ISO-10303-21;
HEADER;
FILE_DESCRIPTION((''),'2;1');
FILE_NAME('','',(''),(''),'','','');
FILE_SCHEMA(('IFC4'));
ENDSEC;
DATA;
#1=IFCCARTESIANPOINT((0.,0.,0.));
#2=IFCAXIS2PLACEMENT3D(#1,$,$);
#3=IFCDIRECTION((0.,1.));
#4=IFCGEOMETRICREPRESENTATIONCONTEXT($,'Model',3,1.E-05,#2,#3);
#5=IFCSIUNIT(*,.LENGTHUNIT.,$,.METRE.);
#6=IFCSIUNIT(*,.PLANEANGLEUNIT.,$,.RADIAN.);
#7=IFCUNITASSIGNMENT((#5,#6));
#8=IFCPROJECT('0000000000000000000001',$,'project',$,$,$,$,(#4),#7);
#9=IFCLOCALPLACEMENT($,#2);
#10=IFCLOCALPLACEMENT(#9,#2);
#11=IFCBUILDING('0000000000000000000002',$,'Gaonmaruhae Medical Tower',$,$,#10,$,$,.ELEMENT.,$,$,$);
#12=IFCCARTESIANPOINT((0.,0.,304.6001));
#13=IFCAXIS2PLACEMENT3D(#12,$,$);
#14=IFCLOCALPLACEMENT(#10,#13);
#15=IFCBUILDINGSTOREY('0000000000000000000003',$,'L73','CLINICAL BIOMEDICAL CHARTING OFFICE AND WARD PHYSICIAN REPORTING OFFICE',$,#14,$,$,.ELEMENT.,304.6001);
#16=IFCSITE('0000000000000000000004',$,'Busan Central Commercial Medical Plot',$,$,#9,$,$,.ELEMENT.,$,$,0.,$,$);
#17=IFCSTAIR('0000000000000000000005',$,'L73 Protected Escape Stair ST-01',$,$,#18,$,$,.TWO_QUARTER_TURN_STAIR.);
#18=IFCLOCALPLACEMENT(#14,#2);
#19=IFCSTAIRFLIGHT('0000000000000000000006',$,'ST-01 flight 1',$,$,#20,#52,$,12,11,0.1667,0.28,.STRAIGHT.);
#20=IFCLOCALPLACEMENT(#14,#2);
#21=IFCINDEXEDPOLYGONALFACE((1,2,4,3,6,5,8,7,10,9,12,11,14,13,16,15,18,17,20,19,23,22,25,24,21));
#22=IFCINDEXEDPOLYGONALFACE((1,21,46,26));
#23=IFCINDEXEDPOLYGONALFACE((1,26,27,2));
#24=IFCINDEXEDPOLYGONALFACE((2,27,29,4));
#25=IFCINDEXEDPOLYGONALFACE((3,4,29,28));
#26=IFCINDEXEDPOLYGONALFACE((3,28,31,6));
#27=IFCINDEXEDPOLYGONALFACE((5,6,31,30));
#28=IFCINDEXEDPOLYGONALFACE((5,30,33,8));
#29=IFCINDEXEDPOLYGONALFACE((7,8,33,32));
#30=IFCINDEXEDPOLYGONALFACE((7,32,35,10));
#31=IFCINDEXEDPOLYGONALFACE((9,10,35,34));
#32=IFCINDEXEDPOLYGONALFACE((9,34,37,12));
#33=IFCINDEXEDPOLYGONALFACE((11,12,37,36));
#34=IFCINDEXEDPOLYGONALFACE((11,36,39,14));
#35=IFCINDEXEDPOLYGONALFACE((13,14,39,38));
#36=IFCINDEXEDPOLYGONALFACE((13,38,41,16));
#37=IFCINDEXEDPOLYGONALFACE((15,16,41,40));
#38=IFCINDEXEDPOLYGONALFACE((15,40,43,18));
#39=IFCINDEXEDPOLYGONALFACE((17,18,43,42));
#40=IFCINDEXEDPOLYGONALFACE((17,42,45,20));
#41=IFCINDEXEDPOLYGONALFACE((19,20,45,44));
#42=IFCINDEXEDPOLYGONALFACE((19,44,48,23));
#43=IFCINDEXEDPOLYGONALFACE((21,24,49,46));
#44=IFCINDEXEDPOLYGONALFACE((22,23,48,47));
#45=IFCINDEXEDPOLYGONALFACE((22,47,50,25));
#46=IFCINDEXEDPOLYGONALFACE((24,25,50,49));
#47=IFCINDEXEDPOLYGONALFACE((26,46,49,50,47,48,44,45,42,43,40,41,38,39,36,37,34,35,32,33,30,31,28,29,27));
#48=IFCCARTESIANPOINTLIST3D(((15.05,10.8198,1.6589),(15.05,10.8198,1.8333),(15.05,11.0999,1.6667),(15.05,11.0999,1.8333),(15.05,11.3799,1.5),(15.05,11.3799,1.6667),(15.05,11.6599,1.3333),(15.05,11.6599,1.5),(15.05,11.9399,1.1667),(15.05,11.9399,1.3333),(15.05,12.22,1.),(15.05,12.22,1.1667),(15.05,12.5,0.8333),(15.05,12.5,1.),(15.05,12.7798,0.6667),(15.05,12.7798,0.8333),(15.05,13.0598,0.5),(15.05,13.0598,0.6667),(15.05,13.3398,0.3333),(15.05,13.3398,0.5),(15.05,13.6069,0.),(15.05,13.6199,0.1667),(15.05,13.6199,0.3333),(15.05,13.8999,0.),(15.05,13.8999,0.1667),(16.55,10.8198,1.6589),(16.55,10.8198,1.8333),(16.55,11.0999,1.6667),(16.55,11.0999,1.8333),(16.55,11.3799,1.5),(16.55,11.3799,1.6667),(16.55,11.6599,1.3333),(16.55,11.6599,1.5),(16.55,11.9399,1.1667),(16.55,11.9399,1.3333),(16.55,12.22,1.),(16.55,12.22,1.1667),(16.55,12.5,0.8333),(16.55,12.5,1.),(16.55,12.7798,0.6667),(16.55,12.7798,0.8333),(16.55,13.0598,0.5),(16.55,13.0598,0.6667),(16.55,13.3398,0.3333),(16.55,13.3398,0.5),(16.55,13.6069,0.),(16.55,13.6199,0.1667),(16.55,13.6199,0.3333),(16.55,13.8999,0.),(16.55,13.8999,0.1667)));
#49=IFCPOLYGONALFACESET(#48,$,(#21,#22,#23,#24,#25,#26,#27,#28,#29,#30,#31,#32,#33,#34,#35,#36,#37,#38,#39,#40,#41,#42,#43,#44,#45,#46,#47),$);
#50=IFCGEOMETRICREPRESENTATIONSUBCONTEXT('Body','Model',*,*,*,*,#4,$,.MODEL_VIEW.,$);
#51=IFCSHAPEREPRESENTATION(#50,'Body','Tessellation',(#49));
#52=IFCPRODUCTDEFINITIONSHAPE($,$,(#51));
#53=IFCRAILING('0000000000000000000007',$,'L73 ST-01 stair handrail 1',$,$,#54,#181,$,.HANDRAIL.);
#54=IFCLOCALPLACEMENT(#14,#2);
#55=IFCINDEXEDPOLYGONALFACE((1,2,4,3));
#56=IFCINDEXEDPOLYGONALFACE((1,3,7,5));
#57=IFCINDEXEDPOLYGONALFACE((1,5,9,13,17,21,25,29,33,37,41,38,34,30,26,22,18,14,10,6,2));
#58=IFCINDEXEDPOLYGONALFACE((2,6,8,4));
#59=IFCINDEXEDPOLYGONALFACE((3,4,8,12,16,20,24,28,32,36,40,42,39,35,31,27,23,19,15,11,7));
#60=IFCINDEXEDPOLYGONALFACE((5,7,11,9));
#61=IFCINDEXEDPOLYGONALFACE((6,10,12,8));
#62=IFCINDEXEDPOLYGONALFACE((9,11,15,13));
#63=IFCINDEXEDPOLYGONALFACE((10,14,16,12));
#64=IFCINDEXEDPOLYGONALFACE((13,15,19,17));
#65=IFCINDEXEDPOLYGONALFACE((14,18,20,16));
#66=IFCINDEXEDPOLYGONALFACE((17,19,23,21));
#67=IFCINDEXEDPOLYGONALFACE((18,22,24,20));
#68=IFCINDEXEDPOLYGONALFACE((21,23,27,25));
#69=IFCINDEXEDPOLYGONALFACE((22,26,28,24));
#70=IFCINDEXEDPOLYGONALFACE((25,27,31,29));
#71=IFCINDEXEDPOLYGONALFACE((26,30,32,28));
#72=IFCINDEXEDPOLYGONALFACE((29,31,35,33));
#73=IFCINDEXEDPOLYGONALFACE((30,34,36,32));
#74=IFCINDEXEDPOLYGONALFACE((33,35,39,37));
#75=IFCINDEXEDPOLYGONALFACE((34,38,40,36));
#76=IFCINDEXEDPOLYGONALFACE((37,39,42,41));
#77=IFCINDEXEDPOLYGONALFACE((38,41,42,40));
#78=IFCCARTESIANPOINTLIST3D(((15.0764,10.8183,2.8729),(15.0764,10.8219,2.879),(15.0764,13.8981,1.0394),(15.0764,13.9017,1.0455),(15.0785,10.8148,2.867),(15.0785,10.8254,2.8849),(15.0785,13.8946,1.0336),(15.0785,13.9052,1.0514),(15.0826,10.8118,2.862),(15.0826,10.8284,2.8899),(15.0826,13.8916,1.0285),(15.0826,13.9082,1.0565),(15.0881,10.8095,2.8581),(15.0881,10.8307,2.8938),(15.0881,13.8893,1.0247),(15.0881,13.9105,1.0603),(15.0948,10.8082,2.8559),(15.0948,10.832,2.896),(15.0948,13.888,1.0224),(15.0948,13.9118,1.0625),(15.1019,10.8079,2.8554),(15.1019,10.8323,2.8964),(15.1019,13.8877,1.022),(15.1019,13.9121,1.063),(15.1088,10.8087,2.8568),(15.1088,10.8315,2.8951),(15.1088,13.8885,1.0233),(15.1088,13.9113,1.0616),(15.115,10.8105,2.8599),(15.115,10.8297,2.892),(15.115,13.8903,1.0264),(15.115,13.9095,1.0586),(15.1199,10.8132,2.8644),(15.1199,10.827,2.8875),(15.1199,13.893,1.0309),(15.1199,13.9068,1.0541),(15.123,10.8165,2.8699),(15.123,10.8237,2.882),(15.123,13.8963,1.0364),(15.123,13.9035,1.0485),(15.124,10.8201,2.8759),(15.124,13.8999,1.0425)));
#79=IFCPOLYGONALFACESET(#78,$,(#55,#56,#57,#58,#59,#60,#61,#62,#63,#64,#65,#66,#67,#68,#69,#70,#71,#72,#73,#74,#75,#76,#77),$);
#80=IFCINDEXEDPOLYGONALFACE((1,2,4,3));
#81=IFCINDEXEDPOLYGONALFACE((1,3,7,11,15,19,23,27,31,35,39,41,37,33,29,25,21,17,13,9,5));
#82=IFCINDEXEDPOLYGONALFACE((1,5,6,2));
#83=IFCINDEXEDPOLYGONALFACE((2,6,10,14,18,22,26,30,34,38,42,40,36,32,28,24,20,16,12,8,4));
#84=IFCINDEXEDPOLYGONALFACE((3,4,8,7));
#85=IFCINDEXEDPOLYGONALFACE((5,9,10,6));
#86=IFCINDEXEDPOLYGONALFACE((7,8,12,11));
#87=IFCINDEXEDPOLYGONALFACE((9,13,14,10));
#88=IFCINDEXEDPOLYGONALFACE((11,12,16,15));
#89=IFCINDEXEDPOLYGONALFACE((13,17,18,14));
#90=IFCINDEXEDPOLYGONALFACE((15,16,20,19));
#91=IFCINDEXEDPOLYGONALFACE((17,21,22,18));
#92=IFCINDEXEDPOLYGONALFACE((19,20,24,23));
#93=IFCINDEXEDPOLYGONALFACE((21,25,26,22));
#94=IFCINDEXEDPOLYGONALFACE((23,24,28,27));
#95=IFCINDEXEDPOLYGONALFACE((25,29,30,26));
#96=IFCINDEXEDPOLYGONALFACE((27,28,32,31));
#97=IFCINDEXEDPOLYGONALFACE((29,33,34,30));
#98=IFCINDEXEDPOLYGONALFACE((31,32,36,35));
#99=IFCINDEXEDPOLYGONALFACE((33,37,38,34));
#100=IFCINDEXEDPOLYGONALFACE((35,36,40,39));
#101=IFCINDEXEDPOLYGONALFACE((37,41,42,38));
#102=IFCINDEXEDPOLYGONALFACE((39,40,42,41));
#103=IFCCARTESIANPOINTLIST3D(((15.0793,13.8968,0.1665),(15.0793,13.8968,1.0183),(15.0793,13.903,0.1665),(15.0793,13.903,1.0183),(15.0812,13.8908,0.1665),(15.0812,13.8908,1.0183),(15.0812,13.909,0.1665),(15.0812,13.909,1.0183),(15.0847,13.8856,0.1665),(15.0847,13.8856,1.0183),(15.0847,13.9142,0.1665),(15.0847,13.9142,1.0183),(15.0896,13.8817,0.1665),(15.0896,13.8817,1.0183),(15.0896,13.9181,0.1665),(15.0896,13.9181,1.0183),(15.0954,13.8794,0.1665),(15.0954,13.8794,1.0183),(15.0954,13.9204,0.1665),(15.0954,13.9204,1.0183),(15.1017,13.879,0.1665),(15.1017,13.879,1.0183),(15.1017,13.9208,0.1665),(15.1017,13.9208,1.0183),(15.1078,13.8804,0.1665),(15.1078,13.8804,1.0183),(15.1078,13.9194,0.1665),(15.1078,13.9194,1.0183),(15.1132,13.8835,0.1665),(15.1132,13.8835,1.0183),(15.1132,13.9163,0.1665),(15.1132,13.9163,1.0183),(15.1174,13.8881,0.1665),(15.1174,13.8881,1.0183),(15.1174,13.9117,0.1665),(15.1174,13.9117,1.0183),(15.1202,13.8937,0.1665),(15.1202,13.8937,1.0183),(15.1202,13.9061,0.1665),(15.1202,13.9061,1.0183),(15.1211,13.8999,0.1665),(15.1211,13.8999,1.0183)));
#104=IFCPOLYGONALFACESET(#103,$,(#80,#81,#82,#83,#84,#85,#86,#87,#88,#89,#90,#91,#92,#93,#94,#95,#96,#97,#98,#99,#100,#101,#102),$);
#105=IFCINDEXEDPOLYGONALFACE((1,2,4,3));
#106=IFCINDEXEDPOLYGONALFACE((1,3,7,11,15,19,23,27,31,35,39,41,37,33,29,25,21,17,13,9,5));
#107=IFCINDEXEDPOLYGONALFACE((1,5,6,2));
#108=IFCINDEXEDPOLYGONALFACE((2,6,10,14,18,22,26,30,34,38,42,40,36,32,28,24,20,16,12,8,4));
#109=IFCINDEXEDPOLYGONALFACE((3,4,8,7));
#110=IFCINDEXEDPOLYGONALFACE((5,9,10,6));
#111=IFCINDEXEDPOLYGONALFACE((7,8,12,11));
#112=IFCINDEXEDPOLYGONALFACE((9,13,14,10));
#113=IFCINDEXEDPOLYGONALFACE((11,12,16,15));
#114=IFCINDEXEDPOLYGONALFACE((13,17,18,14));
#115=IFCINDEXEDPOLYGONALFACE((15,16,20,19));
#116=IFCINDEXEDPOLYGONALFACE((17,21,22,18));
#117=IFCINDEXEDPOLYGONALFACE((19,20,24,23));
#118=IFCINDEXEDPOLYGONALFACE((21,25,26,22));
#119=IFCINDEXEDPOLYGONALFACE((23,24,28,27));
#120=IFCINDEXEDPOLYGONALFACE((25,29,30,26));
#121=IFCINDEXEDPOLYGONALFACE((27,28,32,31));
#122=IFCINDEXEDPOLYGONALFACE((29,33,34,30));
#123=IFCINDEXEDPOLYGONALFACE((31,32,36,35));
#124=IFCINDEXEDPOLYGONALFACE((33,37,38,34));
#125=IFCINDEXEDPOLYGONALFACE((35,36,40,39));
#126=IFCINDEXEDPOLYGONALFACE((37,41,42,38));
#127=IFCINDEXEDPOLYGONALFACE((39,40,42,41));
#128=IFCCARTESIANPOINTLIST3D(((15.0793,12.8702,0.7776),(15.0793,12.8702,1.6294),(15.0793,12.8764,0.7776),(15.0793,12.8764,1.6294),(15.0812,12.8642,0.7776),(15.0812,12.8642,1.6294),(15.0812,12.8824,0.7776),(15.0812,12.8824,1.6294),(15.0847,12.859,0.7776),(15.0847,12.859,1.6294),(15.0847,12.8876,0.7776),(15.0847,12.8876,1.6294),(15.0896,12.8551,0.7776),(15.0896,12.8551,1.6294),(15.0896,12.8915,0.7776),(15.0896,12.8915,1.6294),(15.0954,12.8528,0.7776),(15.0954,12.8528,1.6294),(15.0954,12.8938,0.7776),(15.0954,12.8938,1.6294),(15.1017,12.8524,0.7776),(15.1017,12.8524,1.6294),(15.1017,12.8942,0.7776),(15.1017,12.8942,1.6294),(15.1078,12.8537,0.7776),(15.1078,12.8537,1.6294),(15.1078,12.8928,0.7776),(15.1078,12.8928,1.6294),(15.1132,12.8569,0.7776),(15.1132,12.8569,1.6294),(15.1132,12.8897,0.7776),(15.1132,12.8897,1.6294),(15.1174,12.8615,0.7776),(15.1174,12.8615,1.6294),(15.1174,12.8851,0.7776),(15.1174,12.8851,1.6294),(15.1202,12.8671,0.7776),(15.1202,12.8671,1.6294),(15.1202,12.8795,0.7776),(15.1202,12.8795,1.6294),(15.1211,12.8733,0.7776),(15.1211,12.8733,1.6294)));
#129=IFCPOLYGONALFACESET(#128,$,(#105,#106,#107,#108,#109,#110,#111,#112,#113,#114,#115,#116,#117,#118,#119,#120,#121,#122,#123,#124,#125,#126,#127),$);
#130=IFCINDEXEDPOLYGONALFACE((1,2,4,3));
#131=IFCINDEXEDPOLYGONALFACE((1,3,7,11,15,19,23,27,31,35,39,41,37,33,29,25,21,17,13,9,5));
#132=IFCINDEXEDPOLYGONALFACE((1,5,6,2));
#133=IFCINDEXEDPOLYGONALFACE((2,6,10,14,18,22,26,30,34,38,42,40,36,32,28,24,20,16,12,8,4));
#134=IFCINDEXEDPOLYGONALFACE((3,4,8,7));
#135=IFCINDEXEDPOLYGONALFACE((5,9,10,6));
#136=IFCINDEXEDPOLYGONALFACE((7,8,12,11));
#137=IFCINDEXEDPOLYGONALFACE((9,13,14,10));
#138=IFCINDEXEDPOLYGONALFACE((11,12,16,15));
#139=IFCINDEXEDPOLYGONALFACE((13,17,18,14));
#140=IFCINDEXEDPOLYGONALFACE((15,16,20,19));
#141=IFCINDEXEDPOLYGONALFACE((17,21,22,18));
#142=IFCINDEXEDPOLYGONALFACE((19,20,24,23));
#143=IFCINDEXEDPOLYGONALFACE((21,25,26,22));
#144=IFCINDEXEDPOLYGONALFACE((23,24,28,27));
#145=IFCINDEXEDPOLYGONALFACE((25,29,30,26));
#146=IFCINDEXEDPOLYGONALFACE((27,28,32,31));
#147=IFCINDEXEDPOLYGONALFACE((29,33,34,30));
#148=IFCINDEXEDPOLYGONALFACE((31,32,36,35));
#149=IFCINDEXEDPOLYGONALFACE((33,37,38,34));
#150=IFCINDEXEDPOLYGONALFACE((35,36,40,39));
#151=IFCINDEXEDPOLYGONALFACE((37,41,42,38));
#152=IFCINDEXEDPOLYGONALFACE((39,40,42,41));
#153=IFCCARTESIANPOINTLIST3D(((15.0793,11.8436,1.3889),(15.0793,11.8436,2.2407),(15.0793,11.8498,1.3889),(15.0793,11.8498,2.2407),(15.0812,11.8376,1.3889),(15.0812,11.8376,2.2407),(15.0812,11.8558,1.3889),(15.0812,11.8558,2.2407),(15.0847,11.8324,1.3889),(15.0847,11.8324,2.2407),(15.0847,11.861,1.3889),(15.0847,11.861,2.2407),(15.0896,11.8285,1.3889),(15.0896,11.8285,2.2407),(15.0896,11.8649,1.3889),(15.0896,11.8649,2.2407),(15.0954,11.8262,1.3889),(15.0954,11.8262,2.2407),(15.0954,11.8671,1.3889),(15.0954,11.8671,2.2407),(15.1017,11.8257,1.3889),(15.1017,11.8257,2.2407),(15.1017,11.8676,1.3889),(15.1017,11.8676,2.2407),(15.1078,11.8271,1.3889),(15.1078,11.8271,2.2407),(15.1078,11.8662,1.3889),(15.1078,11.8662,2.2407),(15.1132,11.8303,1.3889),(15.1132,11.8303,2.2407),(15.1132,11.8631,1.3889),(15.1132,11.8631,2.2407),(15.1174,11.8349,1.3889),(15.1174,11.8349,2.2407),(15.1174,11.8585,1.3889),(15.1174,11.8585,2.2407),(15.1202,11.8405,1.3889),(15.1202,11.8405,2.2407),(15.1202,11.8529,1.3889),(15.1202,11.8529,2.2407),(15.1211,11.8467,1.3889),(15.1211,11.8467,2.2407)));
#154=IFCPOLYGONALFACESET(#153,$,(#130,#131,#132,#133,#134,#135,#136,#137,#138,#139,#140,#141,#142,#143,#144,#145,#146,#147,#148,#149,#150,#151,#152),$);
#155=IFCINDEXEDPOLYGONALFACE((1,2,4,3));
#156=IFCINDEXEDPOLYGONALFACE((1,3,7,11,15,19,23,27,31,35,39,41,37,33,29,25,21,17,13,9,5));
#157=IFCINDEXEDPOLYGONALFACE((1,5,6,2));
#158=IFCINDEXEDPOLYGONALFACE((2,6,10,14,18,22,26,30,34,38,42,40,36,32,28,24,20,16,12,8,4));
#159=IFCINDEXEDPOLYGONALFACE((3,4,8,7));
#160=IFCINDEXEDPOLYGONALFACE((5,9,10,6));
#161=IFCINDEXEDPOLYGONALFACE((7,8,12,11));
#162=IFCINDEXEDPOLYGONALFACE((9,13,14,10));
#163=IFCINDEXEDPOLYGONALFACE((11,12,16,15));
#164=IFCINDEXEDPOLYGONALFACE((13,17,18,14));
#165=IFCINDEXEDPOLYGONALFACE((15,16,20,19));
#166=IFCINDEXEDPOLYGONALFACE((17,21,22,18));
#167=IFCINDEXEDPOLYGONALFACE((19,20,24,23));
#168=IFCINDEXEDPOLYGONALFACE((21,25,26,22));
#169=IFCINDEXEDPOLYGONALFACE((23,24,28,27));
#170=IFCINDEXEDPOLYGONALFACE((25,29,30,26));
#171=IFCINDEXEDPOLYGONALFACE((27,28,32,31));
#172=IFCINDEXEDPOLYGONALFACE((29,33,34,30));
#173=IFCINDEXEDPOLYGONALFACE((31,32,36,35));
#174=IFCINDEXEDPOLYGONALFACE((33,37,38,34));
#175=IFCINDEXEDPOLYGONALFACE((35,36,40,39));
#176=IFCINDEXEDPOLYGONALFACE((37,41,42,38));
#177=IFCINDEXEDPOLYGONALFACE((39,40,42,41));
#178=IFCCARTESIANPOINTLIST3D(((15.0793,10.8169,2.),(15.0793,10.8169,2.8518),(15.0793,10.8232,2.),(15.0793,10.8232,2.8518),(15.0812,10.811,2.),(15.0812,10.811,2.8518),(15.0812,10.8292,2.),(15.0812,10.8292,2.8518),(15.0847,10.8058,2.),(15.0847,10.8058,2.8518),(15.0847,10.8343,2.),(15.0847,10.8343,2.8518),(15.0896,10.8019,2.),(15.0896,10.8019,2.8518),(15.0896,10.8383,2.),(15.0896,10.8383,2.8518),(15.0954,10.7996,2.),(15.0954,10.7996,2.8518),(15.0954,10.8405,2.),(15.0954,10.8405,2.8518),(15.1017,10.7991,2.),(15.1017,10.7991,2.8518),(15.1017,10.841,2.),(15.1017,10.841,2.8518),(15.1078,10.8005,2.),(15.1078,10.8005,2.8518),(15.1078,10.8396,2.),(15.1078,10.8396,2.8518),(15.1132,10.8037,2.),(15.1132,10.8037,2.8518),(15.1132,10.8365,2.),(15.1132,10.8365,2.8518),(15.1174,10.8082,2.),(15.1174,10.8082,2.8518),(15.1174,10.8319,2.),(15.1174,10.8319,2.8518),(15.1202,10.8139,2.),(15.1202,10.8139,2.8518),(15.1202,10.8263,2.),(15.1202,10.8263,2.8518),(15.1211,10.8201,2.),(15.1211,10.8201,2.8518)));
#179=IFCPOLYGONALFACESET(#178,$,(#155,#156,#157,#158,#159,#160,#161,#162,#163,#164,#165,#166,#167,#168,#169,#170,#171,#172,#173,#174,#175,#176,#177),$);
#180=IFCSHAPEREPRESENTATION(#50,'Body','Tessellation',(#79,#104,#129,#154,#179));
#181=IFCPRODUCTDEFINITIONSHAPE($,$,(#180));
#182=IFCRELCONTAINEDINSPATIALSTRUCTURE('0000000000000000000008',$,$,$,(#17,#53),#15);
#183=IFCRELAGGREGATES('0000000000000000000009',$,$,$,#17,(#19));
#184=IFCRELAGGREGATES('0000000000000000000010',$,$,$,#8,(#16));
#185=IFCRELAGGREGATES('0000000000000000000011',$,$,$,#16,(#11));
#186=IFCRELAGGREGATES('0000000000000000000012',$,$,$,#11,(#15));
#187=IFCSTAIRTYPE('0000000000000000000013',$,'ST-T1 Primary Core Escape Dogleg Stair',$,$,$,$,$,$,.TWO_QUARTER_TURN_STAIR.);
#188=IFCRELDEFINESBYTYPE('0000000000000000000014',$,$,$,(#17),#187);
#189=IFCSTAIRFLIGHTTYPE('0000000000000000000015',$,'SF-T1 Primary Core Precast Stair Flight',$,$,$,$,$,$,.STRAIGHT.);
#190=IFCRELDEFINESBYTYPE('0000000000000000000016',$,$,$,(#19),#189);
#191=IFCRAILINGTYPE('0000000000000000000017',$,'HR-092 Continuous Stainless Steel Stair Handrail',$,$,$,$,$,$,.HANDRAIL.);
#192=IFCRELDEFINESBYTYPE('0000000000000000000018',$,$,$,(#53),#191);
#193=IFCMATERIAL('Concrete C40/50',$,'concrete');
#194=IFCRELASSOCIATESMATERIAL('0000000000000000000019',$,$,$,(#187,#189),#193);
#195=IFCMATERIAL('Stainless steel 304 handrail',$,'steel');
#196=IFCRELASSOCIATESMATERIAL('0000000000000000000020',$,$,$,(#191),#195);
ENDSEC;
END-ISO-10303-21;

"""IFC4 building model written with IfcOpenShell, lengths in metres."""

from ifc_helpers import new_model, si_unit, direction, frame, origin, origin_2d, place, context, subcontext, project, spatial, polyline, circle, outline, extrude, material, type_object, element, aggregate, save


model = new_model("IFC4")

# Units and contexts
model_context = context("Model", 3, precision=1e-05, world=origin(), true_north=direction((0.0, 1.0)))
body_context = subcontext(model_context, "Body", "Model", "MODEL_VIEW")
ifc_project = project(units=[si_unit("LENGTHUNIT", "METRE"), si_unit("PLANEANGLEUNIT", "RADIAN")], contexts=[model_context])

# Site, building, storey
site_placement = place(None, origin())
site = spatial("IfcSite", under=ifc_project, at=site_placement, Name="Busan Central Commercial Medical Plot", CompositionType="ELEMENT", RefElevation=0.0)
building_placement = place(site_placement, origin())
building = spatial("IfcBuilding", under=site, at=building_placement, Name="Gaonmaruhae Medical Tower", CompositionType="ELEMENT")
storey_placement = place(building_placement, frame((0.0, 0.0, 304.6001)))
storey = spatial("IfcBuildingStorey", under=building, at=storey_placement, Name="L73", Description="CLINICAL BIOMEDICAL CHARTING OFFICE AND WARD PHYSICIAN REPORTING OFFICE", CompositionType="ELEMENT", Elevation=304.6001)

# Stair, stair flight
ifc_material_1 = material(Name="Concrete C40/50", Category="concrete")
stair_type = type_object("IfcStairType", Name="ST-T1 Primary Core Escape Dogleg Stair", PredefinedType="TWO_QUARTER_TURN_STAIR", material=ifc_material_1)
stair_placement = place(storey_placement, origin())
stair = element("IfcStair", 1, at=stair_placement, inside=storey, type_object=stair_type, Name="L73 Protected Escape Stair ST-01", PredefinedType="TWO_QUARTER_TURN_STAIR")
stair_flight_type = type_object("IfcStairFlightType", Name="SF-T1 Primary Core Precast Stair Flight", PredefinedType="STRAIGHT", material=ifc_material_1)
stair_flight_placement = place(storey_placement, frame((15.8, 13.8999, 0.0), z_axis=(0.0, 0.0, 1.0), x_axis=(0.0, -1.0, 0.0)))
stair_flight = element("IfcStairFlight", 2, at=stair_flight_placement, type_object=stair_flight_type, Name="ST-01 flight 1", NumberOfRisers=12, NumberOfTreads=11, PredefinedType="STRAIGHT", RiserHeight=0.1667, TreadLength=0.28, context=body_context, shape_type="SweptSolid", body=[
    extrude(outline(polyline([(0.0, 0.0), (0.0, 0.1667), (0.28, 0.1667), (0.28, 0.3333), (0.5601, 0.3333), (0.5601, 0.5), (0.8401, 0.5), (0.8401, 0.6667), (1.1201, 0.6667), (1.1201, 0.8333), (1.3999, 0.8333), (1.3999, 1.0), (1.6799, 1.0), (1.6799, 1.1667), (1.96, 1.1667), (1.96, 1.3333), (2.24, 1.3333), (2.24, 1.5), (2.52, 1.5), (2.52, 1.6667), (2.8, 1.6667), (2.8, 1.8333), (3.0801, 1.8333), (3.0801, 2.0), (3.0801, 1.6589), (0.293, 0.0), (0.0, 0.0)])), frame((0.0, 0.75, 0.0), z_axis=(0.0, -1.0, 0.0), x_axis=(1.0, 0.0, 0.0)), (0.0, 0.0, 1.0), 1.5),
])
aggregate(stair, [stair_flight])

# Railing
ifc_material_2 = material(Name="Stainless steel 304 handrail", Category="steel")
railing_type_1 = type_object("IfcRailingType", Name="HR-092 Continuous Stainless Steel Stair Handrail", PredefinedType="HANDRAIL", material=ifc_material_2)
railing_1_placement = place(storey_placement, frame((15.1001, 13.8999, 0.1665)))
element("IfcRailing", 3, at=railing_1_placement, inside=storey, type_object=railing_type_1, Name="L73 ST-01 stair handrail 1", PredefinedType="HANDRAIL", context=body_context, shape_type="SweptSolid", body=[
    extrude(circle(Radius=0.0239, at=origin_2d()), frame((0.0, 0.0, 0.876), z_axis=(0.0, -0.859261, 0.511538), x_axis=(1.0, 0.0, 0.0)), (0.0, 0.0, 1.0), 3.5842),
    extrude(circle(Radius=0.021, at=origin_2d()), origin(), (0.0, 0.0, 1.0), 0.8518),
    extrude(circle(Radius=0.021, at=origin_2d()), frame((0.0, -1.0266, 0.6111)), (0.0, 0.0, 1.0), 0.8518),
    extrude(circle(Radius=0.021, at=origin_2d()), frame((0.0, -2.0532, 1.2224)), (0.0, 0.0, 1.0), 0.8518),
    extrude(circle(Radius=0.021, at=origin_2d()), frame((0.0, -3.0798, 1.8335)), (0.0, 0.0, 1.0), 0.8518),
])

save(model, "model.ifc")
